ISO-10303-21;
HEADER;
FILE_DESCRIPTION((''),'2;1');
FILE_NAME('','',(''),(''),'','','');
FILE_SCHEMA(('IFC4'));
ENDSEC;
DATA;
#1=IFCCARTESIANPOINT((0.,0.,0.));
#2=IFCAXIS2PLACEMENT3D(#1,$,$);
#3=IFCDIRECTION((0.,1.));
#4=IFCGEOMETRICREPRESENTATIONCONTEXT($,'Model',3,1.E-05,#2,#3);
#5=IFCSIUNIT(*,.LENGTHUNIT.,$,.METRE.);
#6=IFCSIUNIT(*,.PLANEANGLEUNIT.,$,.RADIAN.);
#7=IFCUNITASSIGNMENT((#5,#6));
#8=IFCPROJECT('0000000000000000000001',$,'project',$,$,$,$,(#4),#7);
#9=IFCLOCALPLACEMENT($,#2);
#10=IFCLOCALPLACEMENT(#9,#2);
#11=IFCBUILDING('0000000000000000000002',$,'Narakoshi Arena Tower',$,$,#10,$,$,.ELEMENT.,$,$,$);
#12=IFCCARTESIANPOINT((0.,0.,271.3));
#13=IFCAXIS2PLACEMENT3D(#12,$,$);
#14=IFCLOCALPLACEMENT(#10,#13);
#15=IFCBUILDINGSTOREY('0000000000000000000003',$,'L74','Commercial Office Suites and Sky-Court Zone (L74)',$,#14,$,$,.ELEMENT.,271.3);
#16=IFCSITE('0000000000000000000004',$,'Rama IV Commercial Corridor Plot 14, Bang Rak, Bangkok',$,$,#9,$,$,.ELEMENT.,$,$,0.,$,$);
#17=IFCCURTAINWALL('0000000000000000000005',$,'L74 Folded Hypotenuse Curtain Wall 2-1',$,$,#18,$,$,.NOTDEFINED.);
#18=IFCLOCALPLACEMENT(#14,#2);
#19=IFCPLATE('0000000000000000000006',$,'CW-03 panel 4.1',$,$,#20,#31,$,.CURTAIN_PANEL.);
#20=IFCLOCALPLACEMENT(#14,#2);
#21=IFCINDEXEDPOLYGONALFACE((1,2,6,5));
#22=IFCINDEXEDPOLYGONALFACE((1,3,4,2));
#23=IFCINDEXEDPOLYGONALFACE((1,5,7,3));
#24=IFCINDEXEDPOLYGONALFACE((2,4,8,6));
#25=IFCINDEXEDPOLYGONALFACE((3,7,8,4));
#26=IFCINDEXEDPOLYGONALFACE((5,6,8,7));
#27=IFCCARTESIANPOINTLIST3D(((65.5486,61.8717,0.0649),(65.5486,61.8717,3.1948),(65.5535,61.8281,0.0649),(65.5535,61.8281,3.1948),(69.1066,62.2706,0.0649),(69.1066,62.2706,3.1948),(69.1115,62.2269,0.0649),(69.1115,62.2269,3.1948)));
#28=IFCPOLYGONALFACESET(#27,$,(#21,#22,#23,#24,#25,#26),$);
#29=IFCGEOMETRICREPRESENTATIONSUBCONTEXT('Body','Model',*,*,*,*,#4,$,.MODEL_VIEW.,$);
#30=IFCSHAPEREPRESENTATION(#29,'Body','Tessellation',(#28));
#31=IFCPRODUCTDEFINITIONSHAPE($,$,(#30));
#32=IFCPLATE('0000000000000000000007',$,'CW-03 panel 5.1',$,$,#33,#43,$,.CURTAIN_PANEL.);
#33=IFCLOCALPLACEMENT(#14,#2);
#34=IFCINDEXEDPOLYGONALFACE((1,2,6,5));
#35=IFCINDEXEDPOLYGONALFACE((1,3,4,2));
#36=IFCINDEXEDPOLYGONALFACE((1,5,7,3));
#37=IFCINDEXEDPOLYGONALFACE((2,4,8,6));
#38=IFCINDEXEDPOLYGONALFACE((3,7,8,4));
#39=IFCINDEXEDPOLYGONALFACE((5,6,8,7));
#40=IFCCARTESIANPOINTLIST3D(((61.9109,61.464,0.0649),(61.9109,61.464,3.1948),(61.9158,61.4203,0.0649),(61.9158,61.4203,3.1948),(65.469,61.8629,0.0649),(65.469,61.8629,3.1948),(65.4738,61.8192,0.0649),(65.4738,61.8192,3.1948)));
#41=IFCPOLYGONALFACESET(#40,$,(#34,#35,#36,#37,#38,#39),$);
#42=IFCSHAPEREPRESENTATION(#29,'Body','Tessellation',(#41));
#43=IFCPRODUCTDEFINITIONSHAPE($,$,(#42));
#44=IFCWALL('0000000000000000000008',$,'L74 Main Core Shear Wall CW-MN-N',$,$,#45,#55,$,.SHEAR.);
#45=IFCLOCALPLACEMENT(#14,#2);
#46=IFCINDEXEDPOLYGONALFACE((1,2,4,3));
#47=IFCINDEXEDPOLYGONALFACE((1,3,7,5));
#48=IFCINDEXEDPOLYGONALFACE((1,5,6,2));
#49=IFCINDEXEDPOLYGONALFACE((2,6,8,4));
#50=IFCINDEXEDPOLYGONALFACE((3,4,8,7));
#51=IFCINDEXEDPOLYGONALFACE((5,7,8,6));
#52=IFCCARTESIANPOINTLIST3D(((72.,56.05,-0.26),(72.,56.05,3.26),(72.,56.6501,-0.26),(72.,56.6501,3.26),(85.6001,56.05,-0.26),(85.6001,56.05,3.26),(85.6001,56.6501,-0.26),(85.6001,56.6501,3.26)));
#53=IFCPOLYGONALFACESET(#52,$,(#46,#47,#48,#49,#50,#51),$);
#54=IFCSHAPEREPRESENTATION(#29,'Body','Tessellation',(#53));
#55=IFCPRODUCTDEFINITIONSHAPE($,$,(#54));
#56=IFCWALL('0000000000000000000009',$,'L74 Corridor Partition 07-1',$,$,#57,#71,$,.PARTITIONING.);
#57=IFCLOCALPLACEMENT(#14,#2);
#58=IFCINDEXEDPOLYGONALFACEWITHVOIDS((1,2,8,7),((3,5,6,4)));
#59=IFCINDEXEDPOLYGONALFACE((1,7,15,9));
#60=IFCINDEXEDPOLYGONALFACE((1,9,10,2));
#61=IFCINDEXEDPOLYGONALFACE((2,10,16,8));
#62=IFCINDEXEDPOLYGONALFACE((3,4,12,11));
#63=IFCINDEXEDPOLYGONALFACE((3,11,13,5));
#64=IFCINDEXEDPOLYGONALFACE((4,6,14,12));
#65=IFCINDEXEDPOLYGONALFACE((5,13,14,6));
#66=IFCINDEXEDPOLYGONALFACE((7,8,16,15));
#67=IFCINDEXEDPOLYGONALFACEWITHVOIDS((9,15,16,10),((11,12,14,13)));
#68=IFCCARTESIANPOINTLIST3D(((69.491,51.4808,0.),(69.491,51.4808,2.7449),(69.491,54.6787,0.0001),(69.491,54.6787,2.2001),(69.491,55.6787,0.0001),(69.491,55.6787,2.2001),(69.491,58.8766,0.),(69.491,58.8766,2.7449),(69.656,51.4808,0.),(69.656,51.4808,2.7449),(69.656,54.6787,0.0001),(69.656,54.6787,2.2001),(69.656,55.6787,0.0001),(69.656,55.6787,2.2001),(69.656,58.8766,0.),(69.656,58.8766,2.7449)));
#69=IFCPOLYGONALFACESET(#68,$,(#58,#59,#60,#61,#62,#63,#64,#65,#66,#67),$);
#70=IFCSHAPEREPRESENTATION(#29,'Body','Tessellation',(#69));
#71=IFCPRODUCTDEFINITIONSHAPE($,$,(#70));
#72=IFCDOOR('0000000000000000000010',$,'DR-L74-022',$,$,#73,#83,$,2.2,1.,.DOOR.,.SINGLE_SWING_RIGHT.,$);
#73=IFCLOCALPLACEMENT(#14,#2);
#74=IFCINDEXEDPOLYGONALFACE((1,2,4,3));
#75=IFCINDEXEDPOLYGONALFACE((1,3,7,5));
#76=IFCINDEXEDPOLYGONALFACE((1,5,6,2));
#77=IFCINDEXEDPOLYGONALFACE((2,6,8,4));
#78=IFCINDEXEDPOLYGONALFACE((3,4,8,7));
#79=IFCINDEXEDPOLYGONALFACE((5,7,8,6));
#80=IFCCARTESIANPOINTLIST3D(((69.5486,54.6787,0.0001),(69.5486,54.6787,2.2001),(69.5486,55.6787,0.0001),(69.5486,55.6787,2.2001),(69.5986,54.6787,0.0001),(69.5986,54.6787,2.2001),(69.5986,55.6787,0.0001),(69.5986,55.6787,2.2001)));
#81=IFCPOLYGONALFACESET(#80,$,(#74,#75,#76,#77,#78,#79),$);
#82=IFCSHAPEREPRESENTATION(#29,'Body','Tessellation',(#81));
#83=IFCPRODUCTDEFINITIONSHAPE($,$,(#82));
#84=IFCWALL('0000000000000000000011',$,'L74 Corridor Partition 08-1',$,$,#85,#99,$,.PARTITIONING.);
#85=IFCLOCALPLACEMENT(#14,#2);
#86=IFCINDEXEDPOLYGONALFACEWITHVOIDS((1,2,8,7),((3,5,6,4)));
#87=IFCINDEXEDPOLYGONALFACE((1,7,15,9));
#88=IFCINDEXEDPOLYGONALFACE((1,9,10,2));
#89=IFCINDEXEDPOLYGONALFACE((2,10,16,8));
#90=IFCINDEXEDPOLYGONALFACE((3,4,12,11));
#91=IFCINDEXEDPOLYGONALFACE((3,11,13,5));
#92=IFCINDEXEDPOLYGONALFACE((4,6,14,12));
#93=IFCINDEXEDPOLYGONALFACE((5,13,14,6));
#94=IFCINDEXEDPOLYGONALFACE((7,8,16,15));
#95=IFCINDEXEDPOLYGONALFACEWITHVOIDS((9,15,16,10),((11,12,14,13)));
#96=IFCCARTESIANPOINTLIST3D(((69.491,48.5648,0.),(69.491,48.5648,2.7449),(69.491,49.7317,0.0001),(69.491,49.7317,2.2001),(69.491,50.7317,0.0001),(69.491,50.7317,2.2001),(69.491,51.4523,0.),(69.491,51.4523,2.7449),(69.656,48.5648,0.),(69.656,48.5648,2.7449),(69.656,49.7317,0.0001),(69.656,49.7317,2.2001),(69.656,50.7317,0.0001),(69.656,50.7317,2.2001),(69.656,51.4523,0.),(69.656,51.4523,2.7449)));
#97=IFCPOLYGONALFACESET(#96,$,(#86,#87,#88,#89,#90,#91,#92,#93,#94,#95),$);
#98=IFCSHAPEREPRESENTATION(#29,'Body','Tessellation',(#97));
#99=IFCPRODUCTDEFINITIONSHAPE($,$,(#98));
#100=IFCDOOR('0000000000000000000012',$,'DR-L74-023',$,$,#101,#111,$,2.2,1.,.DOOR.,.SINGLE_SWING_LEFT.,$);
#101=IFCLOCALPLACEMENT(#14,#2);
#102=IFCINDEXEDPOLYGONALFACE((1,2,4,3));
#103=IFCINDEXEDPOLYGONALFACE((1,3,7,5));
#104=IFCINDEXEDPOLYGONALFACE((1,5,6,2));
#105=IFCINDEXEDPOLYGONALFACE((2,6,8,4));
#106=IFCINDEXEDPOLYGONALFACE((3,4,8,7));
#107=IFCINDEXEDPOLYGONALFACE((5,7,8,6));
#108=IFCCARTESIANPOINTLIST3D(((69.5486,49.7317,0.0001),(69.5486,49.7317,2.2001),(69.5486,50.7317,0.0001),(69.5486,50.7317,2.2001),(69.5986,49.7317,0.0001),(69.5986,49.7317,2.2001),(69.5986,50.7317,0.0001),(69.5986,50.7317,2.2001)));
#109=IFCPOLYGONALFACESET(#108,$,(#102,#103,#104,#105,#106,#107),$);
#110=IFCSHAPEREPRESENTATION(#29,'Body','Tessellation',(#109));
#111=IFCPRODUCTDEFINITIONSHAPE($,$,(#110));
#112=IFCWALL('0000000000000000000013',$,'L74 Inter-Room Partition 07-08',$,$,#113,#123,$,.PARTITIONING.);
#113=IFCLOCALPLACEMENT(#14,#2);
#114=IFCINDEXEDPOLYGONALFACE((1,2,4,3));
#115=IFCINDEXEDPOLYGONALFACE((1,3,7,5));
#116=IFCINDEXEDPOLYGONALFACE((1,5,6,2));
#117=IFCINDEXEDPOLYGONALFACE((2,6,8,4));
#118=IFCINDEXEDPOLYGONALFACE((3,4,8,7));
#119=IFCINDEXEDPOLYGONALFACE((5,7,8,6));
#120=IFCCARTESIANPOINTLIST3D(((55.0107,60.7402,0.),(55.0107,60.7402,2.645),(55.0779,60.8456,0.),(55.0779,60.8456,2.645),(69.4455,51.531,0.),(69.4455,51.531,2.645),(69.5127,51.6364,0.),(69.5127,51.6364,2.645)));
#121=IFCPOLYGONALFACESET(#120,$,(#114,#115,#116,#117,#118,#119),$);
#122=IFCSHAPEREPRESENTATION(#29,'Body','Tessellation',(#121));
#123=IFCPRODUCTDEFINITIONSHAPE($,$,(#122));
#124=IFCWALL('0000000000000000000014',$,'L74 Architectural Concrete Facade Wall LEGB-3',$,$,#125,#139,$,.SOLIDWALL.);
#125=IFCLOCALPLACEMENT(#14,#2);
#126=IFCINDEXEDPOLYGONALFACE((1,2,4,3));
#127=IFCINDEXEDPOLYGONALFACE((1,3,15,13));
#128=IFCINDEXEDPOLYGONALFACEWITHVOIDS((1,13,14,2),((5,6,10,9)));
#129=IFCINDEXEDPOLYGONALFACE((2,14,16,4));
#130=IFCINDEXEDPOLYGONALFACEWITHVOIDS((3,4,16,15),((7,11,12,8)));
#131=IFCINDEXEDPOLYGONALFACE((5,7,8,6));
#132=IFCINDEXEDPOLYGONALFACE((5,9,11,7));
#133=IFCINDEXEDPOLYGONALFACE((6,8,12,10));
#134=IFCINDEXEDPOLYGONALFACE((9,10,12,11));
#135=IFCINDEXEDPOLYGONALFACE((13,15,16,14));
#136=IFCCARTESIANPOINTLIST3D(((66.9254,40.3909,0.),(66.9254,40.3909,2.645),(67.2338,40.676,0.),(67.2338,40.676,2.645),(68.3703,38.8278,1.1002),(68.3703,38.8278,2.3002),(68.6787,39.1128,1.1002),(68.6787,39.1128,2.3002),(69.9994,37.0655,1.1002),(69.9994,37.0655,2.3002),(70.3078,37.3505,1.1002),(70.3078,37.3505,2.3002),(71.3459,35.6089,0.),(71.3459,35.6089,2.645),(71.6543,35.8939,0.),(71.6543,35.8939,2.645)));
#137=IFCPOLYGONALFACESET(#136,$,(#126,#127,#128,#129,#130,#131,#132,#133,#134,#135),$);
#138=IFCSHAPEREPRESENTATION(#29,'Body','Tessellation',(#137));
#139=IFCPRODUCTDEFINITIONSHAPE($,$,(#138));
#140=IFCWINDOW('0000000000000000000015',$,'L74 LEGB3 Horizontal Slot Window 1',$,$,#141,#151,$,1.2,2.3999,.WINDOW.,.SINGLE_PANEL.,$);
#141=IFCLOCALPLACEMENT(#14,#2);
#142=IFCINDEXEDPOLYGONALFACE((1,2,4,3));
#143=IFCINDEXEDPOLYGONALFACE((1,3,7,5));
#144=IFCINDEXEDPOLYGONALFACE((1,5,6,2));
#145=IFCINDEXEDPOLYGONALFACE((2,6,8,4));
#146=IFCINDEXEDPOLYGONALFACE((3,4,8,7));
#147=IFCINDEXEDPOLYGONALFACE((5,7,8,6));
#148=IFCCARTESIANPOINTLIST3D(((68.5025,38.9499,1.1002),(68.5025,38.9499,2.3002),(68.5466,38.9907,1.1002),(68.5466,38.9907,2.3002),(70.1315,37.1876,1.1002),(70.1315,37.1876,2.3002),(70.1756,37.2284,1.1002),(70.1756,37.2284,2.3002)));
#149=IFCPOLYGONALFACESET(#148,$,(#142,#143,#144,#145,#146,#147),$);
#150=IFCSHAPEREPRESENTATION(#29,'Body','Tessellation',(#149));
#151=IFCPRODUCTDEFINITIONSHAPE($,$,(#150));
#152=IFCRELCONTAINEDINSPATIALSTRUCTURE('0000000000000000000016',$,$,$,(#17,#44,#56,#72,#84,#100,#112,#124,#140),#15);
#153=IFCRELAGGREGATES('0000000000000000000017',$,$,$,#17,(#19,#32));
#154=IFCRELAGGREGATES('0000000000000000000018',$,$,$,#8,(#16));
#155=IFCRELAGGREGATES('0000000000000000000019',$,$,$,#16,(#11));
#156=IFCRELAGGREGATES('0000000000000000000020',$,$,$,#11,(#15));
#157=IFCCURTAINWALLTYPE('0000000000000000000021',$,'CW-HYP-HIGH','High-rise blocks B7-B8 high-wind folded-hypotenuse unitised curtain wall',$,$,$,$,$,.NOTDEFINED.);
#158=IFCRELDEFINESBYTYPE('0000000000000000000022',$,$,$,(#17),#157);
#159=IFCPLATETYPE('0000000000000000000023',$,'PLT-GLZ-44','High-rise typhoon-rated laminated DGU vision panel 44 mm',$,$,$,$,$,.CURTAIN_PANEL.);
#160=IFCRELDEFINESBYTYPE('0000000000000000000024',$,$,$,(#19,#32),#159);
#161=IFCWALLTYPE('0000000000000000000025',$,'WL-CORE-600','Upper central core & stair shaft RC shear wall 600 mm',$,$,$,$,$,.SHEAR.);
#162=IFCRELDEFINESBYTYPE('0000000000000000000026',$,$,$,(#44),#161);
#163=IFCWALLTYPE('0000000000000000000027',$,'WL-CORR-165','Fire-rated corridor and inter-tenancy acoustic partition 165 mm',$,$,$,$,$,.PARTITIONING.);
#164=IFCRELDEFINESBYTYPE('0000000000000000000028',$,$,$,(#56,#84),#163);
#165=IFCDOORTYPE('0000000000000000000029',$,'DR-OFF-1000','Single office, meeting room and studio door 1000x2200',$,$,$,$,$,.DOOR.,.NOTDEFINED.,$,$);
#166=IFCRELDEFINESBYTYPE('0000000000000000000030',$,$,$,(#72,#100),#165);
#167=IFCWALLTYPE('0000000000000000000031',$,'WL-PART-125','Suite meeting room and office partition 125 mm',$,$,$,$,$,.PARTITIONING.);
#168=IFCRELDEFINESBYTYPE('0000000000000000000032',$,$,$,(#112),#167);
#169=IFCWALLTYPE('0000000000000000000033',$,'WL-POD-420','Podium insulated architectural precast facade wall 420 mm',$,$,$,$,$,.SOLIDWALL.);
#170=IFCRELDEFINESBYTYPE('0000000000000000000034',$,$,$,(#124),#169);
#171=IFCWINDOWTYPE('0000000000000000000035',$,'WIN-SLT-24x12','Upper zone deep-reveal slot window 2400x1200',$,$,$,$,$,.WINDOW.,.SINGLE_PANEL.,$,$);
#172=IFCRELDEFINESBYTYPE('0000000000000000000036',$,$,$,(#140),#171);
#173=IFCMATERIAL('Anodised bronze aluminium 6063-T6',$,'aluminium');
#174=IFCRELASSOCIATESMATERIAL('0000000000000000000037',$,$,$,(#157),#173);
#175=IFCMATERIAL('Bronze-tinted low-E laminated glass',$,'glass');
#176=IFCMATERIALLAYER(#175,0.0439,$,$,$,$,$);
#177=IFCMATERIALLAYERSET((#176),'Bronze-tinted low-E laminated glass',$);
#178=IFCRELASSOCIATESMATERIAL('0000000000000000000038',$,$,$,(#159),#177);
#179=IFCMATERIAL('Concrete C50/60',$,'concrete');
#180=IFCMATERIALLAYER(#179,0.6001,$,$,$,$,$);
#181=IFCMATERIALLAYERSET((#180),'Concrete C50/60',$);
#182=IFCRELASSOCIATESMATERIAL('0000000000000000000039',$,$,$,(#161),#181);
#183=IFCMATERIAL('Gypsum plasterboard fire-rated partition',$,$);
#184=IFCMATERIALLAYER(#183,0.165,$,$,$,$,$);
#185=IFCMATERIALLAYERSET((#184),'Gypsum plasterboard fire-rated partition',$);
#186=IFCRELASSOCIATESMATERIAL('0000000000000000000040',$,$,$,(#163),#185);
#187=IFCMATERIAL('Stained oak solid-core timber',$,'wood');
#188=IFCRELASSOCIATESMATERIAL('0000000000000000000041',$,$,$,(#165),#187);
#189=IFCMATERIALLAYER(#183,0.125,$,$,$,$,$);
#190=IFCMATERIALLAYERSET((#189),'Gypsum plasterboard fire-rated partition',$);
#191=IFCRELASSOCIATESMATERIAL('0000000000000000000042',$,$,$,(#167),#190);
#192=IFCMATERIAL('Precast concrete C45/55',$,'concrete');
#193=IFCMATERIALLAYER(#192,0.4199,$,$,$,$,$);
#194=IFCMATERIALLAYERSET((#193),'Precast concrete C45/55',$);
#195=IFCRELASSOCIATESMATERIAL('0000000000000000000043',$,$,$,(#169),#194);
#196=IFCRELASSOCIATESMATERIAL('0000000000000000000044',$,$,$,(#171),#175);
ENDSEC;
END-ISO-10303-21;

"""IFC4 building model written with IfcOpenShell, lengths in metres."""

from ifc_helpers import new_model, si_unit, direction, frame, frame_2d, origin, origin_2d, place, context, subcontext, project, spatial, rectangle, extrude, material, layer, layer_set, type_object, element, fill, aggregate, save


model = new_model("IFC4")

# Units and contexts
model_context = context("Model", 3, precision=1e-05, world=origin(), true_north=direction((0.0, 1.0)))
body_context = subcontext(model_context, "Body", "Model", "MODEL_VIEW")
ifc_project = project(units=[si_unit("LENGTHUNIT", "METRE"), si_unit("PLANEANGLEUNIT", "RADIAN")], contexts=[model_context])

# Site, building, storey
site_placement = place(None, origin())
site = spatial("IfcSite", under=ifc_project, at=site_placement, Name="Rama IV Commercial Corridor Plot 14, Bang Rak, Bangkok", CompositionType="ELEMENT", RefElevation=0.0)
building_placement = place(site_placement, origin())
building = spatial("IfcBuilding", under=site, at=building_placement, Name="Narakoshi Arena Tower", CompositionType="ELEMENT")
storey_placement = place(building_placement, frame((0.0, 0.0, 271.3)))
storey = spatial("IfcBuildingStorey", under=building, at=storey_placement, Name="L74", Description="Commercial Office Suites and Sky-Court Zone (L74)", CompositionType="ELEMENT", Elevation=271.3)

# Shared definitions
ifc_material_1 = material(Name="Concrete C50/60", Category="concrete")

# Curtain wall, plates
ifc_material_2 = material(Name="Anodised bronze aluminium 6063-T6", Category="aluminium")
curtain_wall_type = type_object("IfcCurtainWallType", Name="CW-HYP-HIGH", Description="High-rise blocks B7-B8 high-wind folded-hypotenuse unitised curtain wall", PredefinedType="NOTDEFINED", material=ifc_material_2)
curtain_wall_placement = place(storey_placement, origin())
curtain_wall = element("IfcCurtainWall", 1, at=curtain_wall_placement, inside=storey, type_object=curtain_wall_type, Name="L74 Folded Hypotenuse Curtain Wall 2-1", PredefinedType="NOTDEFINED")
ifc_material_3 = material(Name="Bronze-tinted low-E laminated glass", Category="glass")
ifc_layer_1 = layer(ifc_material_3, 0.0439)
ifc_layer_set_1 = layer_set([ifc_layer_1], Name="Bronze-tinted low-E laminated glass")
plate_type = type_object("IfcPlateType", Name="PLT-GLZ-44", Description="High-rise typhoon-rated laminated DGU vision panel 44 mm", PredefinedType="CURTAIN_PANEL", material=ifc_layer_set_1)
plate_1_placement = place(storey_placement, frame((67.3301, 62.0493, 0.0649), z_axis=(0.0, 0.0, 1.0), x_axis=(-0.993776, -0.111396, 0.0)))
plate_1 = element("IfcPlate", 2, at=plate_1_placement, type_object=plate_type, Name="CW-03 panel 4.1", PredefinedType="CURTAIN_PANEL", context=body_context, shape_type="SweptSolid", body=[
    extrude(rectangle(XDim=3.5803, YDim=0.0439, at=origin_2d()), origin(), (0.0, 0.0, 1.0), 3.1299),
])
plate_2_placement = place(storey_placement, frame((63.6924, 61.6416, 0.0649), z_axis=(0.0, 0.0, 1.0), x_axis=(-0.993776, -0.111396, 0.0)))
plate_2 = element("IfcPlate", 3, at=plate_2_placement, type_object=plate_type, Name="CW-03 panel 5.1", PredefinedType="CURTAIN_PANEL", context=body_context, shape_type="SweptSolid", body=[
    extrude(rectangle(XDim=3.5803, YDim=0.0439, at=origin_2d()), origin(), (0.0, 0.0, 1.0), 3.1299),
])
aggregate(curtain_wall, [plate_1, plate_2])

# Wall
ifc_layer_2 = layer(ifc_material_1, 0.6001)
ifc_layer_set_2 = layer_set([ifc_layer_2], Name="Concrete C50/60")
wall_type_1 = type_object("IfcWallType", Name="WL-CORE-600", Description="Upper central core & stair shaft RC shear wall 600 mm", PredefinedType="SHEAR", material=ifc_layer_set_2)
wall_1_placement = place(storey_placement, frame((72.0, 56.3501, -0.26), z_axis=(0.0, 0.0, 1.0), x_axis=(1.0, 0.0, 0.0)))
element("IfcWall", 4, at=wall_1_placement, inside=storey, type_object=wall_type_1, Name="L74 Main Core Shear Wall CW-MN-N", PredefinedType="SHEAR", context=body_context, shape_type="SweptSolid", body=[
    extrude(rectangle(XDim=13.6001, YDim=0.6001, at=frame_2d((6.8, 0.0))), origin(), (0.0, 0.0, 1.0), 3.52),
])

# Walls, openings, doors
ifc_material_4 = material(Name="Gypsum plasterboard fire-rated partition")
ifc_layer_3 = layer(ifc_material_4, 0.165)
ifc_layer_set_3 = layer_set([ifc_layer_3], Name="Gypsum plasterboard fire-rated partition")
wall_type_2 = type_object("IfcWallType", Name="WL-CORR-165", Description="Fire-rated corridor and inter-tenancy acoustic partition 165 mm", PredefinedType="PARTITIONING", material=ifc_layer_set_3)
wall_2_placement = place(storey_placement, frame((69.5735, 58.8765, 0.0), z_axis=(0.0, 0.0, 1.0), x_axis=(0.0, -1.0, 0.0)))
wall_2 = element("IfcWall", 5, at=wall_2_placement, inside=storey, type_object=wall_type_2, Name="L74 Corridor Partition 07-1", PredefinedType="PARTITIONING", context=body_context, shape_type="SweptSolid", body=[
    extrude(rectangle(XDim=7.3958, YDim=0.165, at=frame_2d((3.6978, 0.0))), origin(), (0.0, 0.0, 1.0), 2.7449),
])
opening_1_placement = place(wall_2_placement, frame((3.1978, 0.0, 0.0)))
opening_1 = element("IfcOpeningElement", 6, at=opening_1_placement, cuts=wall_2, PredefinedType="OPENING", context=body_context, shape_type="SweptSolid", body=[
    extrude(rectangle(XDim=1.0, YDim=2.2, at=frame_2d((0.5, 1.1001))), frame((0.0, 0.0925, 0.0), z_axis=(0.0, -1.0, 0.0), x_axis=(1.0, 0.0, 0.0)), (0.0, 0.0, 1.0), 0.1851),
])
ifc_material_5 = material(Name="Stained oak solid-core timber", Category="wood")
door_type_1 = type_object("IfcDoorType", Name="DR-OFF-1000", Description="Single office, meeting room and studio door 1000x2200", OperationType="NOTDEFINED", PredefinedType="DOOR", material=ifc_material_5)
door_1_placement = place(opening_1_placement, frame((1.0, 0.0, 0.0), z_axis=(0.0, 0.0, 1.0), x_axis=(-1.0, 0.0, 0.0)))
door_1 = element("IfcDoor", 7, at=door_1_placement, inside=storey, type_object=door_type_1, Name="DR-L74-022", OperationType="SINGLE_SWING_RIGHT", OverallHeight=2.2, OverallWidth=1.0, PredefinedType="DOOR", context=body_context, shape_type="SweptSolid", body=[
    extrude(rectangle(XDim=1.0, YDim=2.2, at=frame_2d((0.5, 1.1001))), frame((0.0, 0.0249, 0.0), z_axis=(0.0, -1.0, 0.0), x_axis=(1.0, 0.0, 0.0)), (0.0, 0.0, 1.0), 0.05),
])
fill(opening_1, door_1)
wall_3_placement = place(storey_placement, frame((69.5735, 51.4524, 0.0), z_axis=(0.0, 0.0, 1.0), x_axis=(0.0, -1.0, 0.0)))
wall_3 = element("IfcWall", 8, at=wall_3_placement, inside=storey, type_object=wall_type_2, Name="L74 Corridor Partition 08-1", PredefinedType="PARTITIONING", context=body_context, shape_type="SweptSolid", body=[
    extrude(rectangle(XDim=2.8875, YDim=0.165, at=frame_2d((1.4438, 0.0))), origin(), (0.0, 0.0, 1.0), 2.7449),
])
opening_2_placement = place(wall_3_placement, frame((0.7207, 0.0, 0.0)))
opening_2 = element("IfcOpeningElement", 9, at=opening_2_placement, cuts=wall_3, PredefinedType="OPENING", context=body_context, shape_type="SweptSolid", body=[
    extrude(rectangle(XDim=1.0, YDim=2.2, at=frame_2d((0.5, 1.1001))), frame((0.0, 0.0925, 0.0), z_axis=(0.0, -1.0, 0.0), x_axis=(1.0, 0.0, 0.0)), (0.0, 0.0, 1.0), 0.1851),
])
door_2_placement = place(opening_2_placement, frame((1.0, 0.0, 0.0), z_axis=(0.0, 0.0, 1.0), x_axis=(-1.0, 0.0, 0.0)))
door_2 = element("IfcDoor", 10, at=door_2_placement, inside=storey, type_object=door_type_1, Name="DR-L74-023", OperationType="SINGLE_SWING_LEFT", OverallHeight=2.2, OverallWidth=1.0, PredefinedType="DOOR", context=body_context, shape_type="SweptSolid", body=[
    extrude(rectangle(XDim=1.0, YDim=2.2, at=frame_2d((0.5, 1.1001))), frame((0.0, 0.0249, 0.0), z_axis=(0.0, -1.0, 0.0), x_axis=(1.0, 0.0, 0.0)), (0.0, 0.0, 1.0), 0.05),
])
fill(opening_2, door_2)

# Wall
ifc_layer_4 = layer(ifc_material_4, 0.125)
ifc_layer_set_4 = layer_set([ifc_layer_4], Name="Gypsum plasterboard fire-rated partition")
wall_type_3 = type_object("IfcWallType", Name="WL-PART-125", Description="Suite meeting room and office partition 125 mm", PredefinedType="PARTITIONING", material=ifc_layer_set_4)
wall_4_placement = place(storey_placement, frame((69.479, 51.5837, 0.0), z_axis=(0.0, 0.0, 1.0), x_axis=(-0.843041, 0.537849, 0.0)))
element("IfcWall", 11, at=wall_4_placement, inside=storey, type_object=wall_type_3, Name="L74 Inter-Room Partition 07-08", PredefinedType="PARTITIONING", context=body_context, shape_type="SweptSolid", body=[
    extrude(rectangle(XDim=17.1223, YDim=0.125, at=frame_2d((8.561, 0.0))), origin(), (0.0, 0.0, 1.0), 2.645),
])

# Wall, opening, window
ifc_material_6 = material(Name="Precast concrete C45/55", Category="concrete")
ifc_layer_5 = layer(ifc_material_6, 0.4199)
ifc_layer_set_5 = layer_set([ifc_layer_5], Name="Precast concrete C45/55")
wall_type_4 = type_object("IfcWallType", Name="WL-POD-420", Description="Podium insulated architectural precast facade wall 420 mm", PredefinedType="SOLIDWALL", material=ifc_layer_set_5)
wall_5_placement = place(storey_placement, frame((67.0796, 40.5334, 0.0), z_axis=(0.0, 0.0, 1.0), x_axis=(0.6788, -0.734323, 0.0)))
wall_5 = element("IfcWall", 12, at=wall_5_placement, inside=storey, type_object=wall_type_4, Name="L74 Architectural Concrete Facade Wall LEGB-3", PredefinedType="SOLIDWALL", context=body_context, shape_type="SweptSolid", body=[
    extrude(rectangle(XDim=6.5122, YDim=0.4199, at=frame_2d((3.2561, 0.0))), origin(), (0.0, 0.0, 1.0), 2.645),
])
opening_3_placement = place(wall_5_placement, frame((2.1287, 0.0, 1.1001)))
opening_3 = element("IfcOpeningElement", 13, at=opening_3_placement, cuts=wall_5, PredefinedType="OPENING", context=body_context, shape_type="SweptSolid", body=[
    extrude(rectangle(XDim=2.3999, YDim=1.2, at=frame_2d((1.2, 0.6001))), frame((0.0, 0.22, 0.0), z_axis=(0.0, -1.0, 0.0), x_axis=(1.0, 0.0, 0.0)), (0.0, 0.0, 1.0), 0.4399),
])
window_type = type_object("IfcWindowType", Name="WIN-SLT-24x12", Description="Upper zone deep-reveal slot window 2400x1200", PartitioningType="SINGLE_PANEL", PredefinedType="WINDOW", material=ifc_material_3)
window_placement = place(opening_3_placement, origin())
window = element("IfcWindow", 14, at=window_placement, inside=storey, type_object=window_type, Name="L74 LEGB3 Horizontal Slot Window 1", OverallHeight=1.2, OverallWidth=2.3999, PartitioningType="SINGLE_PANEL", PredefinedType="WINDOW", context=body_context, shape_type="SweptSolid", body=[
    extrude(rectangle(XDim=2.3999, YDim=1.2, at=frame_2d((1.2, 0.6001))), frame((0.0, 0.03, 0.0), z_axis=(0.0, -1.0, 0.0), x_axis=(1.0, 0.0, 0.0)), (0.0, 0.0, 1.0), 0.0601),
])
fill(opening_3, window)

save(model, "model.ifc")
